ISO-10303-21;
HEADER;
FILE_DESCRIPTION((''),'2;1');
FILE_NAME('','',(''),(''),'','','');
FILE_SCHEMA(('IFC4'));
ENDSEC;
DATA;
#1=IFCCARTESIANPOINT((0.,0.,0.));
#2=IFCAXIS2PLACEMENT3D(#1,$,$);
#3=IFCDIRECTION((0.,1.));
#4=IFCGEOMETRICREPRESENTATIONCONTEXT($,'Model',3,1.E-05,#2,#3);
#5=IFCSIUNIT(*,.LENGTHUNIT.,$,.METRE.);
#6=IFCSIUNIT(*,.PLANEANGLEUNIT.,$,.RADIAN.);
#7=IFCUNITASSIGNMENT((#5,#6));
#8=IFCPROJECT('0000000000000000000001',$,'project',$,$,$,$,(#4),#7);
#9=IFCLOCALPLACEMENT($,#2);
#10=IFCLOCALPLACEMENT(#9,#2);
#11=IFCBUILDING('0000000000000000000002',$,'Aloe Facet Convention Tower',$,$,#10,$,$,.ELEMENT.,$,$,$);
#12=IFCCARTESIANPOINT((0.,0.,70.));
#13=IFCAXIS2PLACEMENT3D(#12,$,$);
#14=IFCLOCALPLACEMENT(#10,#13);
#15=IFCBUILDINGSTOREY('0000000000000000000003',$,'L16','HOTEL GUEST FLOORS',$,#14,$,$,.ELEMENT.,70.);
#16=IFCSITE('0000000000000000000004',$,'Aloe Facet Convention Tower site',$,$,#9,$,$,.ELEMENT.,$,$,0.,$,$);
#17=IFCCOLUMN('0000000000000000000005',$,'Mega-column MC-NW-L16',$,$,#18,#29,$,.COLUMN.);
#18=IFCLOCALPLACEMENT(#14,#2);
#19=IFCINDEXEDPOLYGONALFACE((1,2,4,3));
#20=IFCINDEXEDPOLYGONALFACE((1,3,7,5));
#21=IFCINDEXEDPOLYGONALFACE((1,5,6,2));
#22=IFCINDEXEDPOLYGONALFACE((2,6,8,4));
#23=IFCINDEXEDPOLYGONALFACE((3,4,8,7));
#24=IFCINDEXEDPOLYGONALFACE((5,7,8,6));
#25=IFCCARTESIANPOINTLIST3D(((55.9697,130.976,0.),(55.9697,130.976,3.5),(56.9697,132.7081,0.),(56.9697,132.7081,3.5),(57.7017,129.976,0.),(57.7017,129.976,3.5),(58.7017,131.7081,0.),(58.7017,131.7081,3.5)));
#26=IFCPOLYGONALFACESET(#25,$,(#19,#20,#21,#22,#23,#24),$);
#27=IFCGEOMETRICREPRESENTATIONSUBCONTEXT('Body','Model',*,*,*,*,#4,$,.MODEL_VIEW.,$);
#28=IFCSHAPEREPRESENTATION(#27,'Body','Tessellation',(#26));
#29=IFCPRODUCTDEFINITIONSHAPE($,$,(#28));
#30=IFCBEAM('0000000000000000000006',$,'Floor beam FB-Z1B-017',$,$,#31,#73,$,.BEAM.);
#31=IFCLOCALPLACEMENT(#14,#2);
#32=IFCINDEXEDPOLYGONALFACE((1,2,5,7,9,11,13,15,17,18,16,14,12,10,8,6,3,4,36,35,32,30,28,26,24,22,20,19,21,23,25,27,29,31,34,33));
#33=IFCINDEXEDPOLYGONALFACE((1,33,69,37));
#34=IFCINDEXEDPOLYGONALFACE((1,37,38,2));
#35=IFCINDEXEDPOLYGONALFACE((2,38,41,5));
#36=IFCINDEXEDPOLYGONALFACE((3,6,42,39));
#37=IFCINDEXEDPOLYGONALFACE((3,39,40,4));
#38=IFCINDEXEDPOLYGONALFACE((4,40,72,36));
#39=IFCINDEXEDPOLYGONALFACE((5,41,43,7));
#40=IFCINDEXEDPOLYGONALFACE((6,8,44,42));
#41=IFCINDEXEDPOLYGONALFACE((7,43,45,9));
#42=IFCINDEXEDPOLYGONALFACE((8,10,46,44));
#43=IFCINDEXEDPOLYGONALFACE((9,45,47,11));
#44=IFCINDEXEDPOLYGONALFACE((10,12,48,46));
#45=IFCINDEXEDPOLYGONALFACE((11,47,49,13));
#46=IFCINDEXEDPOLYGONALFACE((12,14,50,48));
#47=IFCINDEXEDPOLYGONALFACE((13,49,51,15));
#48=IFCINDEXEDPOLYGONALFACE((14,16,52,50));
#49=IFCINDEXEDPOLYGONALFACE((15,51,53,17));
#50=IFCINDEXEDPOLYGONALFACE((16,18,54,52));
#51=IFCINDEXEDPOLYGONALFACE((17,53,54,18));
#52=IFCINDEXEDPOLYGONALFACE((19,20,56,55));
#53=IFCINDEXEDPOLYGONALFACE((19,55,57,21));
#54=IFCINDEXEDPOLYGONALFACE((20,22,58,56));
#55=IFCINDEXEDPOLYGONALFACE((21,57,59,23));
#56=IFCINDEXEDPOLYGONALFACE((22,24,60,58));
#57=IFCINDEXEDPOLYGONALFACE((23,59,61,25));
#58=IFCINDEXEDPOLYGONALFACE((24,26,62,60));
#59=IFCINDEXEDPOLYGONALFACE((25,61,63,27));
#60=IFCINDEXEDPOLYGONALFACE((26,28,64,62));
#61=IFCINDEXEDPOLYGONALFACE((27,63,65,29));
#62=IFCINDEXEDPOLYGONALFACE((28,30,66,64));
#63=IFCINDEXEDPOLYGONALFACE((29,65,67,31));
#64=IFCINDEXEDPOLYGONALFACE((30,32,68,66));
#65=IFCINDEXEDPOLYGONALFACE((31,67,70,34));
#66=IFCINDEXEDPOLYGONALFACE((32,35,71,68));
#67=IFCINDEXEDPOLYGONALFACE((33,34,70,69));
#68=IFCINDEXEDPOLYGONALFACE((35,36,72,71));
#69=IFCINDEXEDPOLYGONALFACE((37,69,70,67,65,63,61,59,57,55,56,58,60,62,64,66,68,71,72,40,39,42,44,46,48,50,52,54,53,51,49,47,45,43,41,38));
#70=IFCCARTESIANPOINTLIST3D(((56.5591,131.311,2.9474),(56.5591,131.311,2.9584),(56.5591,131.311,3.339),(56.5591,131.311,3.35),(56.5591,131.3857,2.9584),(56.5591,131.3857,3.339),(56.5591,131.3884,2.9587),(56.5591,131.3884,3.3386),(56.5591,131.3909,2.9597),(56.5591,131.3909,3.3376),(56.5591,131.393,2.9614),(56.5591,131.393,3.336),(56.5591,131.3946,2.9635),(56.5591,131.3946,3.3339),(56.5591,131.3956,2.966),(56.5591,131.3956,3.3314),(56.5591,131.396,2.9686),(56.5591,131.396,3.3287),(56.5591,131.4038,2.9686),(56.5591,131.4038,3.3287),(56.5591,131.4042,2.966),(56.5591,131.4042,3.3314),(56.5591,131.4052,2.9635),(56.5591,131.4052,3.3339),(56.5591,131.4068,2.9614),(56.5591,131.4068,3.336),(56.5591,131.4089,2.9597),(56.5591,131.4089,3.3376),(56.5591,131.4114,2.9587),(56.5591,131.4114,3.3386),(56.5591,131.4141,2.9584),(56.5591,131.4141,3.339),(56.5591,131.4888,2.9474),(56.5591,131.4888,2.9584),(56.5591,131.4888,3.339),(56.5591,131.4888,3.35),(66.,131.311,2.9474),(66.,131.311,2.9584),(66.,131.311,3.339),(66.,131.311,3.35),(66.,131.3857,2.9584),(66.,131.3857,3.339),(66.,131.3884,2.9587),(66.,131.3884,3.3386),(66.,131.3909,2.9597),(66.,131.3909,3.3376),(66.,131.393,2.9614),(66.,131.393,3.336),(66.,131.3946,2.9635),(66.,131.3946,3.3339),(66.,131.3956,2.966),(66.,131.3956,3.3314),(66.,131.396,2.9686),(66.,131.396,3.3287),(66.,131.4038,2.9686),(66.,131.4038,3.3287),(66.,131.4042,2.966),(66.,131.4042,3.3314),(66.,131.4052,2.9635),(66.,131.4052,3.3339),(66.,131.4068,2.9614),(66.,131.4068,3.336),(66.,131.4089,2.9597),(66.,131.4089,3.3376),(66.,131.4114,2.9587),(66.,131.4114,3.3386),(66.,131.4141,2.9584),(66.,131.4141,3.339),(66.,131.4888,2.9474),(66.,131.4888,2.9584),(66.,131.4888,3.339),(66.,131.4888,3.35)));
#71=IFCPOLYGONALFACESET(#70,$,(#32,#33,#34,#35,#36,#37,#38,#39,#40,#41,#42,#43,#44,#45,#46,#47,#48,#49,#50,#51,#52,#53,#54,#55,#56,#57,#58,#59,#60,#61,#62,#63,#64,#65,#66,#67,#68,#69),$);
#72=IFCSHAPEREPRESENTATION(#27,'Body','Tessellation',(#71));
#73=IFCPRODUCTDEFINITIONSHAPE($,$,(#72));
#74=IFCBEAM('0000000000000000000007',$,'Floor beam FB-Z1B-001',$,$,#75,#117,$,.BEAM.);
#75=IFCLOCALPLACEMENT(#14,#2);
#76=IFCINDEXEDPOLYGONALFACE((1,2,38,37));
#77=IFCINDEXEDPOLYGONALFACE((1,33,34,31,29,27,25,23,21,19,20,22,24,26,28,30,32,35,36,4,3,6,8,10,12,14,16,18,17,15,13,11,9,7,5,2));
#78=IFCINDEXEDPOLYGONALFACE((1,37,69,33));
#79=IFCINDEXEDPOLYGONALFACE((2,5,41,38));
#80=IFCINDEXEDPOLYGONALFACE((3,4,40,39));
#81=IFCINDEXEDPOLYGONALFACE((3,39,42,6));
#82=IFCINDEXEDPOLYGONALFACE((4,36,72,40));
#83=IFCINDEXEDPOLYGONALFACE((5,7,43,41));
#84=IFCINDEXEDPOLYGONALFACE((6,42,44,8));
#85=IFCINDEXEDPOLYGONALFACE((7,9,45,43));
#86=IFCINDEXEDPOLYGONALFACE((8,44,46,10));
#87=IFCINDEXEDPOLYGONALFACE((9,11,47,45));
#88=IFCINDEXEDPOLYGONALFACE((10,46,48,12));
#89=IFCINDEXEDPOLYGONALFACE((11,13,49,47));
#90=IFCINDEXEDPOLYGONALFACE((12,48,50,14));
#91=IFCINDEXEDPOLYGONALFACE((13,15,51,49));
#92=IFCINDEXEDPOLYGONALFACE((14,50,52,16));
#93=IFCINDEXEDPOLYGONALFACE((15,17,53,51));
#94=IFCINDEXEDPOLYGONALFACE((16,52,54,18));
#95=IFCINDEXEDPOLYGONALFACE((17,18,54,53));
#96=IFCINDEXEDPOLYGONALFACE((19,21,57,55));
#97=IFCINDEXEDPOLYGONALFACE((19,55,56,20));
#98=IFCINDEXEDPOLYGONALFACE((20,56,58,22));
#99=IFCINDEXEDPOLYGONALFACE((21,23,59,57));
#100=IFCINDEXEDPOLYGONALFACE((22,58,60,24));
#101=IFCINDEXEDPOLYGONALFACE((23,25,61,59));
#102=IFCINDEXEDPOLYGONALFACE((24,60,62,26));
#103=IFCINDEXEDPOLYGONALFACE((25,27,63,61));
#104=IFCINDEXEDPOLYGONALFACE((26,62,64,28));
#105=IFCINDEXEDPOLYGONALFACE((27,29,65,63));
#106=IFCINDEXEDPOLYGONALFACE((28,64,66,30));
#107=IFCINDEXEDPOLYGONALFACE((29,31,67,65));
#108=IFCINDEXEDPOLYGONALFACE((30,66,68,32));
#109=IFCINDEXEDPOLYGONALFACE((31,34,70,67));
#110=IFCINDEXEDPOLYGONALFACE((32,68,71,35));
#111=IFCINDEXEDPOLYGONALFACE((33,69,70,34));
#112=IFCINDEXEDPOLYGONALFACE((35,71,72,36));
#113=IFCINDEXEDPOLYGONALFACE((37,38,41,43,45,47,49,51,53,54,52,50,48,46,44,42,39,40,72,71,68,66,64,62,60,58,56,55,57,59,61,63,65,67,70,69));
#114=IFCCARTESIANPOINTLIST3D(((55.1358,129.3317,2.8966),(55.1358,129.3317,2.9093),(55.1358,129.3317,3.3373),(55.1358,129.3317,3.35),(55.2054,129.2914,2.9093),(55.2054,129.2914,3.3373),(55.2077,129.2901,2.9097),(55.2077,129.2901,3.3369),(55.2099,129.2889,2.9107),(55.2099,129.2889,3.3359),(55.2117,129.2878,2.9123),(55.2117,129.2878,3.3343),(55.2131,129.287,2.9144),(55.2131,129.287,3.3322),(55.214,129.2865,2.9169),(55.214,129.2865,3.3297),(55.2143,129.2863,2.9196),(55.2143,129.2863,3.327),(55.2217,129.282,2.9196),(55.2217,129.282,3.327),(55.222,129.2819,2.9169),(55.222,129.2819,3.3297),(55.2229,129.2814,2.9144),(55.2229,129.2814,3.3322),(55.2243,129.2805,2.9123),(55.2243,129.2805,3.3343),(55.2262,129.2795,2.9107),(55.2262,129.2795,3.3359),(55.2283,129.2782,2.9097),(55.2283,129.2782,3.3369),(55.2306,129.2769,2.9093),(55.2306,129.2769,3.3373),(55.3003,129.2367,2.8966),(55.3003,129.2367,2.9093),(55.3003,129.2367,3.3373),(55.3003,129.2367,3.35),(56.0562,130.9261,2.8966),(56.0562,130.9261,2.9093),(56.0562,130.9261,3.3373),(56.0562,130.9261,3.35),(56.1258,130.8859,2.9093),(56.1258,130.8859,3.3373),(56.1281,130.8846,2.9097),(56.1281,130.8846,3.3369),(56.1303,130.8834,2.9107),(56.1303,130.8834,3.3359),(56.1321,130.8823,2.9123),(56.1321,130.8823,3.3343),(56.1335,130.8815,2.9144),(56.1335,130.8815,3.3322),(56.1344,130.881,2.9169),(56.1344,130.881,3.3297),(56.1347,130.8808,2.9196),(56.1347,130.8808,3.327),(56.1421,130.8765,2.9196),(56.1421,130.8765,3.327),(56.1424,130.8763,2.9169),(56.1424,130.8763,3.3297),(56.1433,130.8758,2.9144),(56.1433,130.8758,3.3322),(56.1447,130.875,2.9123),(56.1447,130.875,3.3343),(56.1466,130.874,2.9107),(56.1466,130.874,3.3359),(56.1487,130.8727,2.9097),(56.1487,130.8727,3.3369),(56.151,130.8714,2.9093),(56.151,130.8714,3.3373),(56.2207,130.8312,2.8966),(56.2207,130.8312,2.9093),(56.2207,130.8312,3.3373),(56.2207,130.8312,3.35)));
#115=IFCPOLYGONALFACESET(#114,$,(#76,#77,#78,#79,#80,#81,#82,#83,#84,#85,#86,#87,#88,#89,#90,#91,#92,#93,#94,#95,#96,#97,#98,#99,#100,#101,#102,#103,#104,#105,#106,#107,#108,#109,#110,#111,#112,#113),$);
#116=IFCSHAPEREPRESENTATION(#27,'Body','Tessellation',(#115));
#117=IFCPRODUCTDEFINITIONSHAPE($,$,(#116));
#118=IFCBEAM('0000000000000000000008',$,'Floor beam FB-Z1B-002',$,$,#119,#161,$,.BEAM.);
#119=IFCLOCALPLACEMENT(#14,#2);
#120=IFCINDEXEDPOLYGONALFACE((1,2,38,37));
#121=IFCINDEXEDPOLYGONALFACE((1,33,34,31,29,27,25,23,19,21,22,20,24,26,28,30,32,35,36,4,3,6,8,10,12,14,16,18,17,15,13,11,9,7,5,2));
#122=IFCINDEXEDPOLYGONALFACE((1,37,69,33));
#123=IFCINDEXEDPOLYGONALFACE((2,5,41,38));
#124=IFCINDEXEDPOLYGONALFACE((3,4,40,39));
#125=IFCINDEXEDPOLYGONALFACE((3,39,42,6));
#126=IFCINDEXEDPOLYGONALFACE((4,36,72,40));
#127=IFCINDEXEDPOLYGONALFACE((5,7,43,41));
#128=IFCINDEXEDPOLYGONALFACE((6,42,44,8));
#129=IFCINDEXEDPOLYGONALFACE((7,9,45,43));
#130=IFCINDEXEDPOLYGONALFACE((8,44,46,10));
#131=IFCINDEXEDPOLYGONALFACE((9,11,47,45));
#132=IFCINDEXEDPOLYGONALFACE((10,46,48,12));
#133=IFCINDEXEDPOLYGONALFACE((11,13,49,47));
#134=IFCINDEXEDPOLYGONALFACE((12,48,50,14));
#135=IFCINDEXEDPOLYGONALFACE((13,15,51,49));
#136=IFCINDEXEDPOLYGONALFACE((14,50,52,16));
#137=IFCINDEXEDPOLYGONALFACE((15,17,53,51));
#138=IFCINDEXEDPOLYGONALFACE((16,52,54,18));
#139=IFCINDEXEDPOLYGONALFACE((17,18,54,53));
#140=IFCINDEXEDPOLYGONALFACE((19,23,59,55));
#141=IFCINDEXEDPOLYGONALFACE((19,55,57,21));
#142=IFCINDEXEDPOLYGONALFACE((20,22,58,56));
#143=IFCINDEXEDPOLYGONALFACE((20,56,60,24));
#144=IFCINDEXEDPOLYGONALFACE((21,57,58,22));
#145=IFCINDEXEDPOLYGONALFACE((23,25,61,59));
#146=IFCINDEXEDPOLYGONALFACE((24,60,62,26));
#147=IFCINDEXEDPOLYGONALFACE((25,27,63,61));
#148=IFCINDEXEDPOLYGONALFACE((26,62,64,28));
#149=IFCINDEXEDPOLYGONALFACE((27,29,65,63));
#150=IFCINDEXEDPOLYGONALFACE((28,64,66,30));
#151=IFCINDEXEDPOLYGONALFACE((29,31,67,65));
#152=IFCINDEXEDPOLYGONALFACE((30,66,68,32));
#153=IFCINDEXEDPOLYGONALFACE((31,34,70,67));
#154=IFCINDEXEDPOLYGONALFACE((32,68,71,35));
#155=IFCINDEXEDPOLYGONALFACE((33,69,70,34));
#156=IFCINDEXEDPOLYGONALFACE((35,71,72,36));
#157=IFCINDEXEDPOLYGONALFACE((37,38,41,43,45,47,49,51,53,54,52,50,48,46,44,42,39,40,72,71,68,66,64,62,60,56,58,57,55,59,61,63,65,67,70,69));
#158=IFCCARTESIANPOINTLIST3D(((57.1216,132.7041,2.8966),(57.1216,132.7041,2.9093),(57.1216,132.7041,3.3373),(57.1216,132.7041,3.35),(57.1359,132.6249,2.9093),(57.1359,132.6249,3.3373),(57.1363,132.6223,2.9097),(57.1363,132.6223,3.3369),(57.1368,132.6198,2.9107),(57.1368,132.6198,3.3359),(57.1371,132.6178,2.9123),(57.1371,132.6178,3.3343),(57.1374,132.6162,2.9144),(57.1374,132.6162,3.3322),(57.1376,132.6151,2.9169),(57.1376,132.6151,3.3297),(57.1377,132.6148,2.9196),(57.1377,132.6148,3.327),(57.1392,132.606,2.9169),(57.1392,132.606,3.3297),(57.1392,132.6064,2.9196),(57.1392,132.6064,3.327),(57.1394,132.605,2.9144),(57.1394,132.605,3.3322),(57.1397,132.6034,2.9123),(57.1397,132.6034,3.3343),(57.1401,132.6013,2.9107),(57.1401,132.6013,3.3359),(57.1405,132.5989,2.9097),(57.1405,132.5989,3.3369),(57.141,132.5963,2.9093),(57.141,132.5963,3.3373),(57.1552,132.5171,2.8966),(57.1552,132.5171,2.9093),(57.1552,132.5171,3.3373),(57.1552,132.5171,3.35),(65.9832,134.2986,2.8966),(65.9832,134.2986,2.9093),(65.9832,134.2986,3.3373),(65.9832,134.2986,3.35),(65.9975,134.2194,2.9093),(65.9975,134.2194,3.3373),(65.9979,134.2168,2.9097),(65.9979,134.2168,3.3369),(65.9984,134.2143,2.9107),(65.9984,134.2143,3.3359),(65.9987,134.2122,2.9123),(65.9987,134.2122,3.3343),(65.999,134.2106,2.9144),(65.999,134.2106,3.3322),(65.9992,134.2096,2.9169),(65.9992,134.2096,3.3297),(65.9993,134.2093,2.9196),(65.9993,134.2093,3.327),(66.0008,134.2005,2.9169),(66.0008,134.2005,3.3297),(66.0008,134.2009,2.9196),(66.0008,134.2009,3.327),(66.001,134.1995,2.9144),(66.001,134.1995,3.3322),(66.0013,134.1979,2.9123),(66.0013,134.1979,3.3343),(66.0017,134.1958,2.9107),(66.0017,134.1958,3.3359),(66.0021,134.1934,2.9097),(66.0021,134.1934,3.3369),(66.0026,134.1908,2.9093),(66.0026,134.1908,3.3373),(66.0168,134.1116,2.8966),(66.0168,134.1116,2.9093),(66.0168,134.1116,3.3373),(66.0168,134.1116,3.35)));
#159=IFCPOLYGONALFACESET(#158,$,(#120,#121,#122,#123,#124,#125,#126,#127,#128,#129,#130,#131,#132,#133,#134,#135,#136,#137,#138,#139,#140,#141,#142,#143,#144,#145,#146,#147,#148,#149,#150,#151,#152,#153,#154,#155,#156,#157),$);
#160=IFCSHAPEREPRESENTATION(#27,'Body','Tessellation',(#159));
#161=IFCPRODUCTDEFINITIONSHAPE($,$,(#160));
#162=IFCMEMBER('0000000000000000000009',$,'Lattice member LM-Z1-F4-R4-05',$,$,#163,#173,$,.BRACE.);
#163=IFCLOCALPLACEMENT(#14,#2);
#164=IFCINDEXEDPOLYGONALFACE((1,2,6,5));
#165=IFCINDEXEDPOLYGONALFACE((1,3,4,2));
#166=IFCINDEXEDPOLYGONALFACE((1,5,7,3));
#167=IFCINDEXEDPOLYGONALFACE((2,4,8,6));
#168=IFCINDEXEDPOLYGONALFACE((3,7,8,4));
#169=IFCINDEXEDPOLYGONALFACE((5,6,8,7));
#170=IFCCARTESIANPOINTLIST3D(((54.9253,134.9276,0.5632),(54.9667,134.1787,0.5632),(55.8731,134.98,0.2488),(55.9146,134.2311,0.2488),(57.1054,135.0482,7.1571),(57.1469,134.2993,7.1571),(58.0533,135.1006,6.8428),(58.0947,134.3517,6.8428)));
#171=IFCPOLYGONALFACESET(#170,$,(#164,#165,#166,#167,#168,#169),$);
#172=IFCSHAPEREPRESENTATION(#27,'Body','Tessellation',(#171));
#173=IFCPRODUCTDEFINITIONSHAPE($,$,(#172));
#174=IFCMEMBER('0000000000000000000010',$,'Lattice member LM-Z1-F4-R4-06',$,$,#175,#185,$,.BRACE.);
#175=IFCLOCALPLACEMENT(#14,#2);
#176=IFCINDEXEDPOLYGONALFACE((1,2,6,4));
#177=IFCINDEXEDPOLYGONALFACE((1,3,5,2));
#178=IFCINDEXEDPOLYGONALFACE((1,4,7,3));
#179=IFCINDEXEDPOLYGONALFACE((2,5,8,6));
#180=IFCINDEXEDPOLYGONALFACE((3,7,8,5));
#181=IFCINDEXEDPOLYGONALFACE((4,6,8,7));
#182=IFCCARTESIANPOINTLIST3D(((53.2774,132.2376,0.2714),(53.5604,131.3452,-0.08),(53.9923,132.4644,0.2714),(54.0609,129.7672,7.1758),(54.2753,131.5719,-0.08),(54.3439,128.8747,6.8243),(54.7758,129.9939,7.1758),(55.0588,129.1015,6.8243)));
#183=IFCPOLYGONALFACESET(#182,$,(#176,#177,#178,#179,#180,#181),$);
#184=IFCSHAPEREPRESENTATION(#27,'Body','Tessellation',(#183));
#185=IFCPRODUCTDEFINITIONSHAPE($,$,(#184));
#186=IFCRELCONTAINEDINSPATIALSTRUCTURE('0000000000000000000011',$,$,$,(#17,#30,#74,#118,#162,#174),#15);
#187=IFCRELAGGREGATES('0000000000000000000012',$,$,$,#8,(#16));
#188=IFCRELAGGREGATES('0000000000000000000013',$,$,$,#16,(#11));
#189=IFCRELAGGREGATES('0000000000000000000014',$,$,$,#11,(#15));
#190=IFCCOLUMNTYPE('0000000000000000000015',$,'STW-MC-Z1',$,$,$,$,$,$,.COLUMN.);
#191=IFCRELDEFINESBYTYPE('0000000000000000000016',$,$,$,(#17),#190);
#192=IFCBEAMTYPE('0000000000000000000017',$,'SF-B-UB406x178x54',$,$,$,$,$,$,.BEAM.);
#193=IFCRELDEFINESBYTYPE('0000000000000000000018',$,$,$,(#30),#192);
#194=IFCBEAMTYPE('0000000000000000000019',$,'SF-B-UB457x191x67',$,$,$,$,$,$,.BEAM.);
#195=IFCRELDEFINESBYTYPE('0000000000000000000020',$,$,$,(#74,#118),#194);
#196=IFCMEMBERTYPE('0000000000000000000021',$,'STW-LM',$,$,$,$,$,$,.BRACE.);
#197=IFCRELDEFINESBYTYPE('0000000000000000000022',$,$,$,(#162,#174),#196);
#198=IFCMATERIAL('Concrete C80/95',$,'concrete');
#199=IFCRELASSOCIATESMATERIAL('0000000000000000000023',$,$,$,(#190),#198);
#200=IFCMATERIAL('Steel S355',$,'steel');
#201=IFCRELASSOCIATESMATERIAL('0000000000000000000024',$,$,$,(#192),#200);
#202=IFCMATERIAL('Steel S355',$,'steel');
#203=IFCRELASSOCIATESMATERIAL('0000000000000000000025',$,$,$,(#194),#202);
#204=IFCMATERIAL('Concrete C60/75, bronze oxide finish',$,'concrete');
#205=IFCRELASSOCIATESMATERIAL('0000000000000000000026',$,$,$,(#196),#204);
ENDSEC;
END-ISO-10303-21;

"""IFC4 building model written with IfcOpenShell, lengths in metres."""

from ifc_helpers import new_model, si_unit, direction, frame, origin, origin_2d, place, context, subcontext, project, spatial, rectangle, i_section, extrude, material, material_profile, profile_set, type_object, element, save


model = new_model("IFC4")

# Units and contexts
model_context = context("Model", 3, precision=1e-05, world=origin(), true_north=direction((0.0, 1.0)))
body_context = subcontext(model_context, "Body", "Model", "MODEL_VIEW")
ifc_project = project(units=[si_unit("LENGTHUNIT", "METRE"), si_unit("PLANEANGLEUNIT", "RADIAN")], contexts=[model_context])

# Site, building, storey
site_placement = place(None, origin())
site = spatial("IfcSite", under=ifc_project, at=site_placement, Name="Aloe Facet Convention Tower site", CompositionType="ELEMENT", RefElevation=0.0)
building_placement = place(site_placement, origin())
building = spatial("IfcBuilding", under=site, at=building_placement, Name="Aloe Facet Convention Tower", CompositionType="ELEMENT")
storey_placement = place(building_placement, frame((0.0, 0.0, 70.0)))
storey = spatial("IfcBuildingStorey", under=building, at=storey_placement, Name="L16", Description="HOTEL GUEST FLOORS", CompositionType="ELEMENT", Elevation=70.0)

# Column
ifc_material_1 = material(Name="Concrete C80/95", Category="concrete")
ifc_material_profile_1 = material_profile(ifc_material_1, rectangle(XDim=2.0, YDim=2.0, at=origin_2d()), Name="STW-MC-Z1")
ifc_profile_set_1 = profile_set([ifc_material_profile_1], Name="Concrete C80/95")
column_type = type_object("IfcColumnType", Name="STW-MC-Z1", PredefinedType="COLUMN", material=ifc_profile_set_1)
column_placement = place(storey_placement, frame((57.3357, 131.342, 0.0), z_axis=(0.0, 0.0, 1.0), x_axis=(-0.5, -0.866025, 0.0)))
element("IfcColumn", 1, at=column_placement, inside=storey, type_object=column_type, Name="Mega-column MC-NW-L16", PredefinedType="COLUMN", context=body_context, shape_type="SweptSolid", body=[
    extrude(rectangle(XDim=2.0, YDim=2.0, at=origin_2d()), origin(), (0.0, 0.0, 1.0), 3.5),
])

# Beams
ifc_material_2 = material(Name="Steel S355", Category="steel")
ifc_material_profile_2 = material_profile(ifc_material_2, i_section(OverallWidth=0.1777, OverallDepth=0.4026, WebThickness=0.0078, FlangeThickness=0.011, FilletRadius=0.0103, at=origin_2d()), Name="UB 406x178x54")
ifc_profile_set_2 = profile_set([ifc_material_profile_2], Name="Steel S355")
beam_type_1 = type_object("IfcBeamType", Name="SF-B-UB406x178x54", PredefinedType="BEAM", material=ifc_profile_set_2)
beam_1_placement = place(storey_placement, frame((56.5591, 131.3999, 3.1487), z_axis=(1.0, 0.0, 0.0), x_axis=(0.0, 1.0, 0.0)))
element("IfcBeam", 2, at=beam_1_placement, inside=storey, type_object=beam_type_1, Name="Floor beam FB-Z1B-017", PredefinedType="BEAM", context=body_context, shape_type="SweptSolid", body=[
    extrude(i_section(OverallWidth=0.1777, OverallDepth=0.4026, WebThickness=0.0078, FlangeThickness=0.011, FilletRadius=0.0103, at=origin_2d()), origin(), (0.0, 0.0, 1.0), 9.4409),
])
ifc_material_3 = material(Name="Steel S355", Category="steel")
ifc_material_profile_3 = material_profile(ifc_material_3, i_section(OverallWidth=0.1899, OverallDepth=0.4534, WebThickness=0.0085, FlangeThickness=0.0127, FilletRadius=0.0103, at=origin_2d()), Name="UB 457x191x67")
ifc_profile_set_3 = profile_set([ifc_material_profile_3], Name="Steel S355")
beam_type_2 = type_object("IfcBeamType", Name="SF-B-UB457x191x67", PredefinedType="BEAM", material=ifc_profile_set_3)
beam_2_placement = place(storey_placement, frame((55.218, 129.2842, 3.1233), z_axis=(0.499933, 0.866064, 0.0), x_axis=(-0.866064, 0.499933, 0.0)))
element("IfcBeam", 3, at=beam_2_placement, inside=storey, type_object=beam_type_2, Name="Floor beam FB-Z1B-001", PredefinedType="BEAM", context=body_context, shape_type="SweptSolid", body=[
    extrude(i_section(OverallWidth=0.1899, OverallDepth=0.4534, WebThickness=0.0085, FlangeThickness=0.0127, FilletRadius=0.0103, at=origin_2d()), origin(), (0.0, 0.0, 1.0), 1.8411),
])
beam_3_placement = place(storey_placement, frame((57.1384, 132.6106, 3.1233), z_axis=(0.984195, 0.177088, 0.0), x_axis=(-0.177088, 0.984195, 0.0)))
element("IfcBeam", 4, at=beam_3_placement, inside=storey, type_object=beam_type_2, Name="Floor beam FB-Z1B-002", PredefinedType="BEAM", context=body_context, shape_type="SweptSolid", body=[
    extrude(i_section(OverallWidth=0.1899, OverallDepth=0.4534, WebThickness=0.0085, FlangeThickness=0.0127, FilletRadius=0.0103, at=origin_2d()), origin(), (0.0, 0.0, 1.0), 9.0039),
])

# Members
ifc_material_4 = material(Name="Concrete C60/75, bronze oxide finish", Category="concrete")
ifc_material_profile_4 = material_profile(ifc_material_4, rectangle(XDim=0.75, YDim=1.0, at=origin_2d()), Name="STW-LM")
ifc_profile_set_4 = profile_set([ifc_material_profile_4], Name="Concrete C60/75, bronze oxide finish")
member_type = type_object("IfcMemberType", Name="STW-LM", PredefinedType="BRACE", material=ifc_profile_set_4)
member_1_placement = place(storey_placement, frame((55.4199, 134.5793, 0.406), z_axis=(0.31387, 0.017363, 0.949307), x_axis=(-0.055235, 0.998473, 0.0)))
element("IfcMember", 5, at=member_1_placement, inside=storey, type_object=member_type, Name="Lattice member LM-Z1-F4-R4-05", PredefinedType="BRACE", context=body_context, shape_type="SweptSolid", body=[
    extrude(rectangle(XDim=0.75, YDim=1.0, at=origin_2d()), origin(), (0.0, 0.0, 1.0), 6.946),
])
member_2_placement = place(storey_placement, frame((53.7764, 131.9048, 0.0957), z_axis=(0.106234, -0.334991, 0.936213), x_axis=(0.953216, 0.30229, 0.0)))
element("IfcMember", 6, at=member_2_placement, inside=storey, type_object=member_type, Name="Lattice member LM-Z1-F4-R4-06", PredefinedType="BRACE", context=body_context, shape_type="SweptSolid", body=[
    extrude(rectangle(XDim=0.75, YDim=1.0, at=origin_2d()), origin(), (0.0, 0.0, 1.0), 7.3748),
])

save(model, "model.ifc")
